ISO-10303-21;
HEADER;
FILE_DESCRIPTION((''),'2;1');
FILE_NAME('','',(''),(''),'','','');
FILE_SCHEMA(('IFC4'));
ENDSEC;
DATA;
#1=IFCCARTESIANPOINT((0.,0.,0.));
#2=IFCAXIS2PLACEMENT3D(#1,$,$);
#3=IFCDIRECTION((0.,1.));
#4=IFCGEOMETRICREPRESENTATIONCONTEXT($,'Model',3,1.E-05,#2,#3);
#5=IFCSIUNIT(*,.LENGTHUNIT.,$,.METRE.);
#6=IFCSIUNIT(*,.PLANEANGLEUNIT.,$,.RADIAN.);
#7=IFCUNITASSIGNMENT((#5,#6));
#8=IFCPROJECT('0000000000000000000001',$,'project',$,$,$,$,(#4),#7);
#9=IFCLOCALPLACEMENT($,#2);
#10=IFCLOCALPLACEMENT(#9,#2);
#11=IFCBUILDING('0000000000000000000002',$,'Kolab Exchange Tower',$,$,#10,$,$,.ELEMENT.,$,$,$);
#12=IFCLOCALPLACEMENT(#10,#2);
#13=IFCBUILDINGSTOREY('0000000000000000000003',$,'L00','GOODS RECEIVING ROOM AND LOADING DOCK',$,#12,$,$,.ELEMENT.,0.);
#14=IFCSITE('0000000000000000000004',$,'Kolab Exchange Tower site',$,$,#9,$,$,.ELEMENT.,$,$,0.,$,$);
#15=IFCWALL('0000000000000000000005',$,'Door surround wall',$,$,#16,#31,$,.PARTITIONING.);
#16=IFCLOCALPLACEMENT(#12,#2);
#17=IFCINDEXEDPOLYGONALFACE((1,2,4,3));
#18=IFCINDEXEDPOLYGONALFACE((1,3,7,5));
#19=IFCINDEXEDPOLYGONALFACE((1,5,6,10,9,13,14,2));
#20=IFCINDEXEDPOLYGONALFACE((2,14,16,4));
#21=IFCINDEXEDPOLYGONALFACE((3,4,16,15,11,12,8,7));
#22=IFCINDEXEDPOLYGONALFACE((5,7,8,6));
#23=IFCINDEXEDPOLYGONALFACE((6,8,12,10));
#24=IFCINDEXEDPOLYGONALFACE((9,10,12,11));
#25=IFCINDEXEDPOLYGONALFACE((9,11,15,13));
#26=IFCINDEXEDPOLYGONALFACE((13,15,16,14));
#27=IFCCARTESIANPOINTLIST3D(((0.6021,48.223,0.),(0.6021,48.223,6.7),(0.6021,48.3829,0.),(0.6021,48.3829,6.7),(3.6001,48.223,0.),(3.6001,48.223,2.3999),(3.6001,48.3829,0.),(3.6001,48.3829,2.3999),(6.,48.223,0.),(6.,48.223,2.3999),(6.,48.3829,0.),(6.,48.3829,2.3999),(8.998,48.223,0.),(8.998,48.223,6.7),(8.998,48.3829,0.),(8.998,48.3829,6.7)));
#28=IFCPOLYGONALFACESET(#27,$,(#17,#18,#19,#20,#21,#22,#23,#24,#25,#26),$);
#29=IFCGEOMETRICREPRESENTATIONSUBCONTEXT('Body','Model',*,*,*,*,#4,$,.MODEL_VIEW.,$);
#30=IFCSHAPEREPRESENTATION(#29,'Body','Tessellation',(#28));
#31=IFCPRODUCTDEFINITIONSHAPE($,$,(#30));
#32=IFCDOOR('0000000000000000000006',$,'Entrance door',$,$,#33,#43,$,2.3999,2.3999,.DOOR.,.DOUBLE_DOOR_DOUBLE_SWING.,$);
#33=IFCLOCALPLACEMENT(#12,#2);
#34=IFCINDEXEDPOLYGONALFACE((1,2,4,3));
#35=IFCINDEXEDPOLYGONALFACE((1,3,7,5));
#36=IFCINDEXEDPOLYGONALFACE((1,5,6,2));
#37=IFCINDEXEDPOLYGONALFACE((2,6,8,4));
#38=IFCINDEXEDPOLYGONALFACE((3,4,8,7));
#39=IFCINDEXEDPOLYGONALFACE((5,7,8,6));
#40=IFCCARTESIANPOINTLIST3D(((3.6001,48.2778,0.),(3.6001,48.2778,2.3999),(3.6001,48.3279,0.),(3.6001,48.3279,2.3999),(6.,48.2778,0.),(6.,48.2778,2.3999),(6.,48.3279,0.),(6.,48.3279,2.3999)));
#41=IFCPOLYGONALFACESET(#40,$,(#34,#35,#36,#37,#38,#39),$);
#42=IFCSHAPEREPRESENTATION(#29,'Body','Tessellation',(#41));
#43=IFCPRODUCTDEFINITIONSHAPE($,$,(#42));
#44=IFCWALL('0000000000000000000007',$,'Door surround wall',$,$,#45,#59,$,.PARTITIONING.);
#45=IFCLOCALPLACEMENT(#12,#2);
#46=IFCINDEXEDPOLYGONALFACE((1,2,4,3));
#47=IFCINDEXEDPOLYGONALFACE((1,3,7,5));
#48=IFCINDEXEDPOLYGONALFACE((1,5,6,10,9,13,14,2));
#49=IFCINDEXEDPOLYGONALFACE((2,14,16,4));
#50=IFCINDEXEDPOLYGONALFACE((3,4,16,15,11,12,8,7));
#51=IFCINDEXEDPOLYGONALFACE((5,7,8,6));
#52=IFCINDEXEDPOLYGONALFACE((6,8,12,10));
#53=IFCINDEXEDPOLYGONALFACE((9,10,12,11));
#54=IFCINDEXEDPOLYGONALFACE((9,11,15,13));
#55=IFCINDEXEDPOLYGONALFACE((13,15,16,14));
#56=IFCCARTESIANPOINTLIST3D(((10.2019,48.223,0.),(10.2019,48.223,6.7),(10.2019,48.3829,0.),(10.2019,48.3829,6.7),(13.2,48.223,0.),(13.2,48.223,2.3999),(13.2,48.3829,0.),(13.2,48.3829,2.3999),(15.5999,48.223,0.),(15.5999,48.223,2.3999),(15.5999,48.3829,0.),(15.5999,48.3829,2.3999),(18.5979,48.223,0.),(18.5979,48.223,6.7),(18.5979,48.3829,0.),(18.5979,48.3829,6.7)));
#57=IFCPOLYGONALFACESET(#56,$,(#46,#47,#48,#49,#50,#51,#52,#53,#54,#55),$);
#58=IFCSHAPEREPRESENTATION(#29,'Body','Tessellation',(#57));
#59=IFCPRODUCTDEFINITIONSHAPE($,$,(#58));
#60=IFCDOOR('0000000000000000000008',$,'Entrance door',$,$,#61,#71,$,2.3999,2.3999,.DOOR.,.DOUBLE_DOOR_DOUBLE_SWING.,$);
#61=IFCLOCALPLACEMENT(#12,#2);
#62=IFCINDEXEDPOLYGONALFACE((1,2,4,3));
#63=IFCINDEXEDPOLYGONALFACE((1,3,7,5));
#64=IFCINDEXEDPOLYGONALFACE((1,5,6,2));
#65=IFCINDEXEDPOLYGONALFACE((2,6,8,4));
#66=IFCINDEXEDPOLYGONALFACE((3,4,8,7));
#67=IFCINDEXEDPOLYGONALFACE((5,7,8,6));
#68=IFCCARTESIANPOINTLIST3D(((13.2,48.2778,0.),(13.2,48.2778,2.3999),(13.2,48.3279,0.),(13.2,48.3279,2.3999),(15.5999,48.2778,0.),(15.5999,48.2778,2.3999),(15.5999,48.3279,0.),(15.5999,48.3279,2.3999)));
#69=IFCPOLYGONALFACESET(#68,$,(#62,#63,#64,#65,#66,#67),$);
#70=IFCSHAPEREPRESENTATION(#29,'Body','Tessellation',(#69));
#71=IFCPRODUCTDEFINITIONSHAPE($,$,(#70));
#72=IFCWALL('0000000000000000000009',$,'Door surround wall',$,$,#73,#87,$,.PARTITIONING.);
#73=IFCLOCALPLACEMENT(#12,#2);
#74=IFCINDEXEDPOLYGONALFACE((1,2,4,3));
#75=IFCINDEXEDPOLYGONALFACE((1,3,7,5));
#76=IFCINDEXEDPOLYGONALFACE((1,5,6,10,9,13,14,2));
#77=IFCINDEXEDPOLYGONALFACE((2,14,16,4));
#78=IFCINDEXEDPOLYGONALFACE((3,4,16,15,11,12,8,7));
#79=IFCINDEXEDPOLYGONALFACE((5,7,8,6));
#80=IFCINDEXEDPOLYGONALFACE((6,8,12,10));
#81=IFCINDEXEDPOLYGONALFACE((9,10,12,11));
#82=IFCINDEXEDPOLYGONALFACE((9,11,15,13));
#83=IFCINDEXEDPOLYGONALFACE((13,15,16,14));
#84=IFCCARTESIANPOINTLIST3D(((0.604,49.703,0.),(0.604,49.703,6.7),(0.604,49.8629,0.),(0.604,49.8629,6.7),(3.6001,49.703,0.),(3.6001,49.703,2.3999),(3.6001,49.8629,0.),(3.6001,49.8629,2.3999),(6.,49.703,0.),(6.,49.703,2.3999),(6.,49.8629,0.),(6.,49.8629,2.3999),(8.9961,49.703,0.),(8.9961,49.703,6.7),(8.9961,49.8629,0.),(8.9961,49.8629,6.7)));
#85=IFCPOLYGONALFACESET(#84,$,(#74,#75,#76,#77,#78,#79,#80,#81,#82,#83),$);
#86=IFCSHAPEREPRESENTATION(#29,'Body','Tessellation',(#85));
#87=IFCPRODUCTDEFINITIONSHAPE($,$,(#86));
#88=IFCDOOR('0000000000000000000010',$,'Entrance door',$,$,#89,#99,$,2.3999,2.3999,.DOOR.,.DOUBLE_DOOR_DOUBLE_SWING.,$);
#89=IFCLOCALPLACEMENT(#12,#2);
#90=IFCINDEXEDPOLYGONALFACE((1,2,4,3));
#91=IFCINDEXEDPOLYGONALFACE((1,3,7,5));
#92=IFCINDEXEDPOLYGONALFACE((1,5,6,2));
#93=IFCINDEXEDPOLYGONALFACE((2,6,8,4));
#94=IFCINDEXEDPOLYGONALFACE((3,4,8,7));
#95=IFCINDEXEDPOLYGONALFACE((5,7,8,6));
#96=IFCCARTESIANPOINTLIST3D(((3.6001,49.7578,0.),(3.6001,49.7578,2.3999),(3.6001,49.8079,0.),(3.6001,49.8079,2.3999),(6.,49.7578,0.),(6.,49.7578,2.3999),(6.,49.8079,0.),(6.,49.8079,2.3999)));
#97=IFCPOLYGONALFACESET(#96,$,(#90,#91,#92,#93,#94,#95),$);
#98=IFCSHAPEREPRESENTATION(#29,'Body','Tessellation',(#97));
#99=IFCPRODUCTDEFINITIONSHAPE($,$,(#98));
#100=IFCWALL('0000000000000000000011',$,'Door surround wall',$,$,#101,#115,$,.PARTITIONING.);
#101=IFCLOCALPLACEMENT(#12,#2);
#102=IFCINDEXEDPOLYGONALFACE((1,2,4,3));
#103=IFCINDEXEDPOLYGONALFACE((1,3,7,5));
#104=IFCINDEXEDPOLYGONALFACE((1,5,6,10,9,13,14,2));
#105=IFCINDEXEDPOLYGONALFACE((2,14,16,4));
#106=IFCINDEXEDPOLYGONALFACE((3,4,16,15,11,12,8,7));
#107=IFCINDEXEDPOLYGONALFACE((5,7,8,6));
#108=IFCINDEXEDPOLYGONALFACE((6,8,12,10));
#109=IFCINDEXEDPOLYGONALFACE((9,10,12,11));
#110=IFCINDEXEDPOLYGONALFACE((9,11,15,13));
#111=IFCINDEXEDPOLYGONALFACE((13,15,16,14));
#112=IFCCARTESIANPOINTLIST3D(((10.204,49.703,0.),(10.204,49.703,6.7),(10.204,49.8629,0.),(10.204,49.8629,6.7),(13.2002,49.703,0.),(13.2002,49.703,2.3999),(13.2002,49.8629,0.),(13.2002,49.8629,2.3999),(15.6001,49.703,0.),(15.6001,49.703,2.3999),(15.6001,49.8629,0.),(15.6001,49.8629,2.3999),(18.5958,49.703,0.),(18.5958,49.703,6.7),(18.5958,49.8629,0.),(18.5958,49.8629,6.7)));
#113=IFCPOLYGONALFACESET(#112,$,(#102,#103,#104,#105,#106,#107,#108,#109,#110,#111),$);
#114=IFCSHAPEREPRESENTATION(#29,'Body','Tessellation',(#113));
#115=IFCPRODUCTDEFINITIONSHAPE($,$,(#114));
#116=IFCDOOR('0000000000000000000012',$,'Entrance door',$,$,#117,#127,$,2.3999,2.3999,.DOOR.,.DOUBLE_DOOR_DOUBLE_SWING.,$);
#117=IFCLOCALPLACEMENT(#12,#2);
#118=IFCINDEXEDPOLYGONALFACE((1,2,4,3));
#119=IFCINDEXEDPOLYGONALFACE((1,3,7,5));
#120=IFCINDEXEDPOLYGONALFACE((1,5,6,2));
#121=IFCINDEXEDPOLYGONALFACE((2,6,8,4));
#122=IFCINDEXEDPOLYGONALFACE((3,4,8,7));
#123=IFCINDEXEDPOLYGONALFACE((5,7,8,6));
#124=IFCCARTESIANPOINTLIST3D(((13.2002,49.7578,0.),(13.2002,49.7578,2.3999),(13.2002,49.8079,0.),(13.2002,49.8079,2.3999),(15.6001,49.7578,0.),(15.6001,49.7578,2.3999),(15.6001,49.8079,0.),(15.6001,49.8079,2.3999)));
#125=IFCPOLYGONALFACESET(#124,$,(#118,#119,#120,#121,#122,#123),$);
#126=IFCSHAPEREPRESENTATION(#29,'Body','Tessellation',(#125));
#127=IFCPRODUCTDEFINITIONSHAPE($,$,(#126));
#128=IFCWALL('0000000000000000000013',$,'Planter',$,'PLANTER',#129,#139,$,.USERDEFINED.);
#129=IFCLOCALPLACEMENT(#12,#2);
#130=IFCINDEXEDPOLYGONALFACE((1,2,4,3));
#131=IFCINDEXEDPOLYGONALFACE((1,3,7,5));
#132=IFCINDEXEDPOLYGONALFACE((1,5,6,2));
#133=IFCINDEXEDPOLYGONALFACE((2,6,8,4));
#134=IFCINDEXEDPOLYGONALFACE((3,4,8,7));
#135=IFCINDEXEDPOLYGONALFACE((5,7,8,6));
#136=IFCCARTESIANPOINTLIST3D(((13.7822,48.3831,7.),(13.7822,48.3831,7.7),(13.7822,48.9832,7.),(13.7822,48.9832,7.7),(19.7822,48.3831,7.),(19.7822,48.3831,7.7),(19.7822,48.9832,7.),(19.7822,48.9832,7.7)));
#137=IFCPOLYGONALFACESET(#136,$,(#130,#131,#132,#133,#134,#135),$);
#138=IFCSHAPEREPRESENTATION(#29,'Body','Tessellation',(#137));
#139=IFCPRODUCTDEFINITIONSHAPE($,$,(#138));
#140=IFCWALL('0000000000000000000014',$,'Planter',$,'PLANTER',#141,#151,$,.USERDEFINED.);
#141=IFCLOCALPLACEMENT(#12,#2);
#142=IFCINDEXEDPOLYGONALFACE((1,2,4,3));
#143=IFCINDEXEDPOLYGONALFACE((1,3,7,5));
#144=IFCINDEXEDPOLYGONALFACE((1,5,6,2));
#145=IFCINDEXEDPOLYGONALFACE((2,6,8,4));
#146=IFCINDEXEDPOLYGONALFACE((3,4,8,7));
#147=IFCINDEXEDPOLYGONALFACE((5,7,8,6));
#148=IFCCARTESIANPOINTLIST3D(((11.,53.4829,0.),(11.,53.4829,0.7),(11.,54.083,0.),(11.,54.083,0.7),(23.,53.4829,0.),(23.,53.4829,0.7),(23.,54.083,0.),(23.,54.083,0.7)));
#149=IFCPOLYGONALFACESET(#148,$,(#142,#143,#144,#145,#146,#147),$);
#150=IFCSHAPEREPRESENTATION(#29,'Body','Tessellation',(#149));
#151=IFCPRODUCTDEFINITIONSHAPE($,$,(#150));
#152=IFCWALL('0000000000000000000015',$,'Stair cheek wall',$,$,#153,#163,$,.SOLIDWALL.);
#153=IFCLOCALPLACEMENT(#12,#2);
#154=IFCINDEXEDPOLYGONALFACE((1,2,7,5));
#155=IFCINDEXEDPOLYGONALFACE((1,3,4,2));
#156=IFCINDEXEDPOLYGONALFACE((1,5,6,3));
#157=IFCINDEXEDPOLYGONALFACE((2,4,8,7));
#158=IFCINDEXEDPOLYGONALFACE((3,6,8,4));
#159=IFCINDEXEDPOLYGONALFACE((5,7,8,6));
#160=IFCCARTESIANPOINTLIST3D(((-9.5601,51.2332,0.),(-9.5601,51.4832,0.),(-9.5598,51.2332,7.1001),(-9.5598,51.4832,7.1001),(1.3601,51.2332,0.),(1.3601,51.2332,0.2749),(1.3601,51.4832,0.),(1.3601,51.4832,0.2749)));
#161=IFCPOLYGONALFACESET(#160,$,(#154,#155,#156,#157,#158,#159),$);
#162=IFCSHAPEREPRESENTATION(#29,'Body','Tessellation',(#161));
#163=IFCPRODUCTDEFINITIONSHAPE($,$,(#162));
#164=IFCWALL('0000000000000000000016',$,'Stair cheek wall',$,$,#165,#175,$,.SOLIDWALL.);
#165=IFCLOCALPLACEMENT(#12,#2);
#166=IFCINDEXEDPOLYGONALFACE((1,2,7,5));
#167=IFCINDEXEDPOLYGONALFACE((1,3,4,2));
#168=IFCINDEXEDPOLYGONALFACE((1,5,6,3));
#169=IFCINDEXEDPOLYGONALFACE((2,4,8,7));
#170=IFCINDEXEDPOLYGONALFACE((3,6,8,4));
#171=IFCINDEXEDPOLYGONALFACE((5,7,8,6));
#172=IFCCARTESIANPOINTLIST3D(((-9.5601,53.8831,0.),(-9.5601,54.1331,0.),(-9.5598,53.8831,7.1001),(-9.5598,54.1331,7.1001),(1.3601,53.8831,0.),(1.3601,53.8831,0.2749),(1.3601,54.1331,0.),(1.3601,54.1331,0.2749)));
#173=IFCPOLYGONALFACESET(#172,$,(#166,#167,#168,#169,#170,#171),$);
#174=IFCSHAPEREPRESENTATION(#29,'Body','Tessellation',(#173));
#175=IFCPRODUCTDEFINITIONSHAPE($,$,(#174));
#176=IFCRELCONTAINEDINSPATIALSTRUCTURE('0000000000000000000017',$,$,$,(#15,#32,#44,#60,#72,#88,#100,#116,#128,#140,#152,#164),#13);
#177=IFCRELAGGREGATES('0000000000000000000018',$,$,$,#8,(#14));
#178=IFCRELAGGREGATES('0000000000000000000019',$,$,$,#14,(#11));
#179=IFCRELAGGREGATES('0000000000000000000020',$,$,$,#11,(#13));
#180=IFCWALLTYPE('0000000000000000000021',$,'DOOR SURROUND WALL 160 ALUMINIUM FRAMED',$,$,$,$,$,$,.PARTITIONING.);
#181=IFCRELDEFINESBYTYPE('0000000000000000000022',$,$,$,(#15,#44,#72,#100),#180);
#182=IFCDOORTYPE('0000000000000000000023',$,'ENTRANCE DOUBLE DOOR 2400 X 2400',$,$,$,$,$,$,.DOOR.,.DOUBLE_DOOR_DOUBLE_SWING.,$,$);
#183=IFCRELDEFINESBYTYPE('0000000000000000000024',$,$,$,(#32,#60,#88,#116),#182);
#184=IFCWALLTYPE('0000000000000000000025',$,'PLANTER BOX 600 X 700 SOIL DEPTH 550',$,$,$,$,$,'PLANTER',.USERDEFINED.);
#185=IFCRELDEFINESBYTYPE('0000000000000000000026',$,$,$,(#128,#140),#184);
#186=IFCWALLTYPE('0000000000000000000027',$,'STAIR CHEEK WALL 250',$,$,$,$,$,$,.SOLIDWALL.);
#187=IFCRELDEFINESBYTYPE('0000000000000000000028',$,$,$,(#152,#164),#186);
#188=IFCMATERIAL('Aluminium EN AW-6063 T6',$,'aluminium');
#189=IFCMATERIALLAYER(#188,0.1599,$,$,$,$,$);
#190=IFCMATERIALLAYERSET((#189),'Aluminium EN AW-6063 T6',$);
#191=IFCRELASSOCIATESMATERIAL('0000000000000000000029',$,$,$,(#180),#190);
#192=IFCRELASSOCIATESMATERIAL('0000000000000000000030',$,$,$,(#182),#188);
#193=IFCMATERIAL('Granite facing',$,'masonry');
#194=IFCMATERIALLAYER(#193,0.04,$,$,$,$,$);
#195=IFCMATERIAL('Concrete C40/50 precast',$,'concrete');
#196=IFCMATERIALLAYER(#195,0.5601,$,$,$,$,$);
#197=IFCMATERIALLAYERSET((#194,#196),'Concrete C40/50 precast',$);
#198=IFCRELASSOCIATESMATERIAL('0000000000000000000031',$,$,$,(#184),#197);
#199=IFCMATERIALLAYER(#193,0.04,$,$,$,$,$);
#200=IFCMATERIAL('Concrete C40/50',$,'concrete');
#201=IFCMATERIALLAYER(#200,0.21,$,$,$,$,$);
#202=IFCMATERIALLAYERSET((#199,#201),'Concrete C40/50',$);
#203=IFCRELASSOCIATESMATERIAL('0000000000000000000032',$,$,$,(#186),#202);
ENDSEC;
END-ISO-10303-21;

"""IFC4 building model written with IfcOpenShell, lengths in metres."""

from ifc_helpers import new_model, si_unit, direction, frame, frame_2d, origin, place, context, subcontext, project, spatial, polyline, rectangle, outline, extrude, material, layer, layer_set, type_object, element, fill, save


model = new_model("IFC4")

# Units and contexts
model_context = context("Model", 3, precision=1e-05, world=origin(), true_north=direction((0.0, 1.0)))
body_context = subcontext(model_context, "Body", "Model", "MODEL_VIEW")
ifc_project = project(units=[si_unit("LENGTHUNIT", "METRE"), si_unit("PLANEANGLEUNIT", "RADIAN")], contexts=[model_context])

# Site, building, storey
site_placement = place(None, origin())
site = spatial("IfcSite", under=ifc_project, at=site_placement, Name="Kolab Exchange Tower site", CompositionType="ELEMENT", RefElevation=0.0)
building_placement = place(site_placement, origin())
building = spatial("IfcBuilding", under=site, at=building_placement, Name="Kolab Exchange Tower", CompositionType="ELEMENT")
storey_placement = place(building_placement, origin())
storey = spatial("IfcBuildingStorey", under=building, at=storey_placement, Name="L00", Description="GOODS RECEIVING ROOM AND LOADING DOCK", CompositionType="ELEMENT", Elevation=0.0)

# Walls, openings, doors
ifc_material_1 = material(Name="Aluminium EN AW-6063 T6", Category="aluminium")
ifc_layer_1 = layer(ifc_material_1, 0.1599)
ifc_layer_set_1 = layer_set([ifc_layer_1], Name="Aluminium EN AW-6063 T6")
wall_type_1 = type_object("IfcWallType", Name="DOOR SURROUND WALL 160 ALUMINIUM FRAMED", PredefinedType="PARTITIONING", material=ifc_layer_set_1)
wall_1_placement = place(storey_placement, frame((0.6021, 48.303, 0.0), z_axis=(0.0, 0.0, 1.0), x_axis=(1.0, 0.0, 0.0)))
wall_1 = element("IfcWall", 1, at=wall_1_placement, inside=storey, type_object=wall_type_1, Name="Door surround wall", PredefinedType="PARTITIONING", context=body_context, shape_type="SweptSolid", body=[
    extrude(rectangle(XDim=8.396, YDim=0.1599, at=frame_2d((4.198, 0.0))), origin(), (0.0, 0.0, 1.0), 6.7),
])
opening_1_placement = place(wall_1_placement, frame((2.998, 0.0, 0.0)))
opening_1 = element("IfcOpeningElement", 2, at=opening_1_placement, cuts=wall_1, PredefinedType="OPENING", context=body_context, shape_type="SweptSolid", body=[
    extrude(rectangle(XDim=2.3999, YDim=2.3999, at=frame_2d((1.2, 1.2))), frame((0.0, 0.0898, 0.0), z_axis=(0.0, -1.0, 0.0), x_axis=(1.0, 0.0, 0.0)), (0.0, 0.0, 1.0), 0.1799),
])
door_type = type_object("IfcDoorType", Name="ENTRANCE DOUBLE DOOR 2400 X 2400", OperationType="DOUBLE_DOOR_DOUBLE_SWING", PredefinedType="DOOR", material=ifc_material_1)
door_1_placement = place(opening_1_placement, origin())
door_1 = element("IfcDoor", 3, at=door_1_placement, inside=storey, type_object=door_type, Name="Entrance door", OperationType="DOUBLE_DOOR_DOUBLE_SWING", OverallHeight=2.3999, OverallWidth=2.3999, PredefinedType="DOOR", context=body_context, shape_type="SweptSolid", body=[
    extrude(rectangle(XDim=2.3999, YDim=2.3999, at=frame_2d((1.2, 1.2))), frame((0.0, 0.0249, 0.0), z_axis=(0.0, -1.0, 0.0), x_axis=(1.0, 0.0, 0.0)), (0.0, 0.0, 1.0), 0.05),
])
fill(opening_1, door_1)
wall_2_placement = place(storey_placement, frame((10.2019, 48.303, 0.0), z_axis=(0.0, 0.0, 1.0), x_axis=(1.0, 0.0, 0.0)))
wall_2 = element("IfcWall", 4, at=wall_2_placement, inside=storey, type_object=wall_type_1, Name="Door surround wall", PredefinedType="PARTITIONING", context=body_context, shape_type="SweptSolid", body=[
    extrude(rectangle(XDim=8.396, YDim=0.1599, at=frame_2d((4.198, 0.0))), origin(), (0.0, 0.0, 1.0), 6.7),
])
opening_2_placement = place(wall_2_placement, frame((2.998, 0.0, 0.0)))
opening_2 = element("IfcOpeningElement", 5, at=opening_2_placement, cuts=wall_2, PredefinedType="OPENING", context=body_context, shape_type="SweptSolid", body=[
    extrude(rectangle(XDim=2.3999, YDim=2.3999, at=frame_2d((1.2, 1.2))), frame((0.0, 0.0898, 0.0), z_axis=(0.0, -1.0, 0.0), x_axis=(1.0, 0.0, 0.0)), (0.0, 0.0, 1.0), 0.1799),
])
door_2_placement = place(opening_2_placement, origin())
door_2 = element("IfcDoor", 6, at=door_2_placement, inside=storey, type_object=door_type, Name="Entrance door", OperationType="DOUBLE_DOOR_DOUBLE_SWING", OverallHeight=2.3999, OverallWidth=2.3999, PredefinedType="DOOR", context=body_context, shape_type="SweptSolid", body=[
    extrude(rectangle(XDim=2.3999, YDim=2.3999, at=frame_2d((1.2, 1.2))), frame((0.0, 0.0249, 0.0), z_axis=(0.0, -1.0, 0.0), x_axis=(1.0, 0.0, 0.0)), (0.0, 0.0, 1.0), 0.05),
])
fill(opening_2, door_2)
wall_3_placement = place(storey_placement, frame((0.604, 49.783, 0.0), z_axis=(0.0, 0.0, 1.0), x_axis=(1.0, 0.0, 0.0)))
wall_3 = element("IfcWall", 7, at=wall_3_placement, inside=storey, type_object=wall_type_1, Name="Door surround wall", PredefinedType="PARTITIONING", context=body_context, shape_type="SweptSolid", body=[
    extrude(rectangle(XDim=8.3921, YDim=0.1599, at=frame_2d((4.196, 0.0))), origin(), (0.0, 0.0, 1.0), 6.7),
])
opening_3_placement = place(wall_3_placement, frame((2.9961, 0.0, 0.0)))
opening_3 = element("IfcOpeningElement", 8, at=opening_3_placement, cuts=wall_3, PredefinedType="OPENING", context=body_context, shape_type="SweptSolid", body=[
    extrude(rectangle(XDim=2.3999, YDim=2.3999, at=frame_2d((1.2, 1.2))), frame((0.0, 0.0898, 0.0), z_axis=(0.0, -1.0, 0.0), x_axis=(1.0, 0.0, 0.0)), (0.0, 0.0, 1.0), 0.1799),
])
door_3_placement = place(opening_3_placement, origin())
door_3 = element("IfcDoor", 9, at=door_3_placement, inside=storey, type_object=door_type, Name="Entrance door", OperationType="DOUBLE_DOOR_DOUBLE_SWING", OverallHeight=2.3999, OverallWidth=2.3999, PredefinedType="DOOR", context=body_context, shape_type="SweptSolid", body=[
    extrude(rectangle(XDim=2.3999, YDim=2.3999, at=frame_2d((1.2, 1.2))), frame((0.0, 0.0249, 0.0), z_axis=(0.0, -1.0, 0.0), x_axis=(1.0, 0.0, 0.0)), (0.0, 0.0, 1.0), 0.05),
])
fill(opening_3, door_3)
wall_4_placement = place(storey_placement, frame((10.2041, 49.783, 0.0), z_axis=(0.0, 0.0, 1.0), x_axis=(1.0, 0.0, 0.0)))
wall_4 = element("IfcWall", 10, at=wall_4_placement, inside=storey, type_object=wall_type_1, Name="Door surround wall", PredefinedType="PARTITIONING", context=body_context, shape_type="SweptSolid", body=[
    extrude(rectangle(XDim=8.3918, YDim=0.1599, at=frame_2d((4.1958, 0.0))), origin(), (0.0, 0.0, 1.0), 6.7),
])
opening_4_placement = place(wall_4_placement, frame((2.9961, 0.0, 0.0)))
opening_4 = element("IfcOpeningElement", 11, at=opening_4_placement, cuts=wall_4, PredefinedType="OPENING", context=body_context, shape_type="SweptSolid", body=[
    extrude(rectangle(XDim=2.3999, YDim=2.3999, at=frame_2d((1.2, 1.2))), frame((0.0, 0.0898, 0.0), z_axis=(0.0, -1.0, 0.0), x_axis=(1.0, 0.0, 0.0)), (0.0, 0.0, 1.0), 0.1799),
])
door_4_placement = place(opening_4_placement, origin())
door_4 = element("IfcDoor", 12, at=door_4_placement, inside=storey, type_object=door_type, Name="Entrance door", OperationType="DOUBLE_DOOR_DOUBLE_SWING", OverallHeight=2.3999, OverallWidth=2.3999, PredefinedType="DOOR", context=body_context, shape_type="SweptSolid", body=[
    extrude(rectangle(XDim=2.3999, YDim=2.3999, at=frame_2d((1.2, 1.2))), frame((0.0, 0.0249, 0.0), z_axis=(0.0, -1.0, 0.0), x_axis=(1.0, 0.0, 0.0)), (0.0, 0.0, 1.0), 0.05),
])
fill(opening_4, door_4)

# Walls
ifc_material_2 = material(Name="Granite facing", Category="masonry")
ifc_layer_2 = layer(ifc_material_2, 0.04)
ifc_material_3 = material(Name="Concrete C40/50 precast", Category="concrete")
ifc_layer_3 = layer(ifc_material_3, 0.5601)
ifc_layer_set_2 = layer_set([ifc_layer_2, ifc_layer_3], Name="Concrete C40/50 precast")
wall_type_2 = type_object("IfcWallType", Name="PLANTER BOX 600 X 700 SOIL DEPTH 550", ElementType="PLANTER", PredefinedType="USERDEFINED", material=ifc_layer_set_2)
wall_5_placement = place(storey_placement, frame((13.7822, 48.6831, 7.0), z_axis=(0.0, 0.0, 1.0), x_axis=(1.0, 0.0, 0.0)))
element("IfcWall", 13, at=wall_5_placement, inside=storey, type_object=wall_type_2, Name="Planter", ObjectType="PLANTER", PredefinedType="USERDEFINED", context=body_context, shape_type="SweptSolid", body=[
    extrude(rectangle(XDim=6.0, YDim=0.6001, at=frame_2d((3.0, 0.0))), origin(), (0.0, 0.0, 1.0), 0.7),
])
wall_6_placement = place(storey_placement, frame((11.0, 53.783, 0.0), z_axis=(0.0, 0.0, 1.0), x_axis=(1.0, 0.0, 0.0)))
element("IfcWall", 14, at=wall_6_placement, inside=storey, type_object=wall_type_2, Name="Planter", ObjectType="PLANTER", PredefinedType="USERDEFINED", context=body_context, shape_type="SweptSolid", body=[
    extrude(rectangle(XDim=12.0, YDim=0.6001, at=frame_2d((6.0, 0.0))), origin(), (0.0, 0.0, 1.0), 0.7),
])
ifc_layer_4 = layer(ifc_material_2, 0.04)
ifc_material_4 = material(Name="Concrete C40/50", Category="concrete")
ifc_layer_5 = layer(ifc_material_4, 0.21)
ifc_layer_set_3 = layer_set([ifc_layer_4, ifc_layer_5], Name="Concrete C40/50")
wall_type_3 = type_object("IfcWallType", Name="STAIR CHEEK WALL 250", PredefinedType="SOLIDWALL", material=ifc_layer_set_3)
for number, where, z_axis, x_axis, name in (
    (15, (1.3601, 51.3582, 0.0), (0.0, 0.0, 1.0), (-1.0, 0.0, 0.0), "Stair cheek wall"),
    (16, (1.3601, 54.0081, 0.0), (0.0, 0.0, 1.0), (-1.0, 0.0, 0.0), "Stair cheek wall"),
):
    element("IfcWall", number, at=place(storey_placement, frame(where, z_axis=z_axis, x_axis=x_axis)), inside=storey, type_object=wall_type_3, Name=name, PredefinedType="SOLIDWALL", context=body_context, shape_type="SweptSolid", body=[
        extrude(outline(polyline([(0.0, 0.0), (10.9202, 0.0), (10.9199, 7.1001), (0.0, 0.2749), (0.0, 0.0)])), frame((0.0, 0.125, 0.0), z_axis=(0.0, -1.0, 0.0), x_axis=(1.0, 0.0, 0.0)), (0.0, 0.0, 1.0), 0.25),
    ])

save(model, "model.ifc")
